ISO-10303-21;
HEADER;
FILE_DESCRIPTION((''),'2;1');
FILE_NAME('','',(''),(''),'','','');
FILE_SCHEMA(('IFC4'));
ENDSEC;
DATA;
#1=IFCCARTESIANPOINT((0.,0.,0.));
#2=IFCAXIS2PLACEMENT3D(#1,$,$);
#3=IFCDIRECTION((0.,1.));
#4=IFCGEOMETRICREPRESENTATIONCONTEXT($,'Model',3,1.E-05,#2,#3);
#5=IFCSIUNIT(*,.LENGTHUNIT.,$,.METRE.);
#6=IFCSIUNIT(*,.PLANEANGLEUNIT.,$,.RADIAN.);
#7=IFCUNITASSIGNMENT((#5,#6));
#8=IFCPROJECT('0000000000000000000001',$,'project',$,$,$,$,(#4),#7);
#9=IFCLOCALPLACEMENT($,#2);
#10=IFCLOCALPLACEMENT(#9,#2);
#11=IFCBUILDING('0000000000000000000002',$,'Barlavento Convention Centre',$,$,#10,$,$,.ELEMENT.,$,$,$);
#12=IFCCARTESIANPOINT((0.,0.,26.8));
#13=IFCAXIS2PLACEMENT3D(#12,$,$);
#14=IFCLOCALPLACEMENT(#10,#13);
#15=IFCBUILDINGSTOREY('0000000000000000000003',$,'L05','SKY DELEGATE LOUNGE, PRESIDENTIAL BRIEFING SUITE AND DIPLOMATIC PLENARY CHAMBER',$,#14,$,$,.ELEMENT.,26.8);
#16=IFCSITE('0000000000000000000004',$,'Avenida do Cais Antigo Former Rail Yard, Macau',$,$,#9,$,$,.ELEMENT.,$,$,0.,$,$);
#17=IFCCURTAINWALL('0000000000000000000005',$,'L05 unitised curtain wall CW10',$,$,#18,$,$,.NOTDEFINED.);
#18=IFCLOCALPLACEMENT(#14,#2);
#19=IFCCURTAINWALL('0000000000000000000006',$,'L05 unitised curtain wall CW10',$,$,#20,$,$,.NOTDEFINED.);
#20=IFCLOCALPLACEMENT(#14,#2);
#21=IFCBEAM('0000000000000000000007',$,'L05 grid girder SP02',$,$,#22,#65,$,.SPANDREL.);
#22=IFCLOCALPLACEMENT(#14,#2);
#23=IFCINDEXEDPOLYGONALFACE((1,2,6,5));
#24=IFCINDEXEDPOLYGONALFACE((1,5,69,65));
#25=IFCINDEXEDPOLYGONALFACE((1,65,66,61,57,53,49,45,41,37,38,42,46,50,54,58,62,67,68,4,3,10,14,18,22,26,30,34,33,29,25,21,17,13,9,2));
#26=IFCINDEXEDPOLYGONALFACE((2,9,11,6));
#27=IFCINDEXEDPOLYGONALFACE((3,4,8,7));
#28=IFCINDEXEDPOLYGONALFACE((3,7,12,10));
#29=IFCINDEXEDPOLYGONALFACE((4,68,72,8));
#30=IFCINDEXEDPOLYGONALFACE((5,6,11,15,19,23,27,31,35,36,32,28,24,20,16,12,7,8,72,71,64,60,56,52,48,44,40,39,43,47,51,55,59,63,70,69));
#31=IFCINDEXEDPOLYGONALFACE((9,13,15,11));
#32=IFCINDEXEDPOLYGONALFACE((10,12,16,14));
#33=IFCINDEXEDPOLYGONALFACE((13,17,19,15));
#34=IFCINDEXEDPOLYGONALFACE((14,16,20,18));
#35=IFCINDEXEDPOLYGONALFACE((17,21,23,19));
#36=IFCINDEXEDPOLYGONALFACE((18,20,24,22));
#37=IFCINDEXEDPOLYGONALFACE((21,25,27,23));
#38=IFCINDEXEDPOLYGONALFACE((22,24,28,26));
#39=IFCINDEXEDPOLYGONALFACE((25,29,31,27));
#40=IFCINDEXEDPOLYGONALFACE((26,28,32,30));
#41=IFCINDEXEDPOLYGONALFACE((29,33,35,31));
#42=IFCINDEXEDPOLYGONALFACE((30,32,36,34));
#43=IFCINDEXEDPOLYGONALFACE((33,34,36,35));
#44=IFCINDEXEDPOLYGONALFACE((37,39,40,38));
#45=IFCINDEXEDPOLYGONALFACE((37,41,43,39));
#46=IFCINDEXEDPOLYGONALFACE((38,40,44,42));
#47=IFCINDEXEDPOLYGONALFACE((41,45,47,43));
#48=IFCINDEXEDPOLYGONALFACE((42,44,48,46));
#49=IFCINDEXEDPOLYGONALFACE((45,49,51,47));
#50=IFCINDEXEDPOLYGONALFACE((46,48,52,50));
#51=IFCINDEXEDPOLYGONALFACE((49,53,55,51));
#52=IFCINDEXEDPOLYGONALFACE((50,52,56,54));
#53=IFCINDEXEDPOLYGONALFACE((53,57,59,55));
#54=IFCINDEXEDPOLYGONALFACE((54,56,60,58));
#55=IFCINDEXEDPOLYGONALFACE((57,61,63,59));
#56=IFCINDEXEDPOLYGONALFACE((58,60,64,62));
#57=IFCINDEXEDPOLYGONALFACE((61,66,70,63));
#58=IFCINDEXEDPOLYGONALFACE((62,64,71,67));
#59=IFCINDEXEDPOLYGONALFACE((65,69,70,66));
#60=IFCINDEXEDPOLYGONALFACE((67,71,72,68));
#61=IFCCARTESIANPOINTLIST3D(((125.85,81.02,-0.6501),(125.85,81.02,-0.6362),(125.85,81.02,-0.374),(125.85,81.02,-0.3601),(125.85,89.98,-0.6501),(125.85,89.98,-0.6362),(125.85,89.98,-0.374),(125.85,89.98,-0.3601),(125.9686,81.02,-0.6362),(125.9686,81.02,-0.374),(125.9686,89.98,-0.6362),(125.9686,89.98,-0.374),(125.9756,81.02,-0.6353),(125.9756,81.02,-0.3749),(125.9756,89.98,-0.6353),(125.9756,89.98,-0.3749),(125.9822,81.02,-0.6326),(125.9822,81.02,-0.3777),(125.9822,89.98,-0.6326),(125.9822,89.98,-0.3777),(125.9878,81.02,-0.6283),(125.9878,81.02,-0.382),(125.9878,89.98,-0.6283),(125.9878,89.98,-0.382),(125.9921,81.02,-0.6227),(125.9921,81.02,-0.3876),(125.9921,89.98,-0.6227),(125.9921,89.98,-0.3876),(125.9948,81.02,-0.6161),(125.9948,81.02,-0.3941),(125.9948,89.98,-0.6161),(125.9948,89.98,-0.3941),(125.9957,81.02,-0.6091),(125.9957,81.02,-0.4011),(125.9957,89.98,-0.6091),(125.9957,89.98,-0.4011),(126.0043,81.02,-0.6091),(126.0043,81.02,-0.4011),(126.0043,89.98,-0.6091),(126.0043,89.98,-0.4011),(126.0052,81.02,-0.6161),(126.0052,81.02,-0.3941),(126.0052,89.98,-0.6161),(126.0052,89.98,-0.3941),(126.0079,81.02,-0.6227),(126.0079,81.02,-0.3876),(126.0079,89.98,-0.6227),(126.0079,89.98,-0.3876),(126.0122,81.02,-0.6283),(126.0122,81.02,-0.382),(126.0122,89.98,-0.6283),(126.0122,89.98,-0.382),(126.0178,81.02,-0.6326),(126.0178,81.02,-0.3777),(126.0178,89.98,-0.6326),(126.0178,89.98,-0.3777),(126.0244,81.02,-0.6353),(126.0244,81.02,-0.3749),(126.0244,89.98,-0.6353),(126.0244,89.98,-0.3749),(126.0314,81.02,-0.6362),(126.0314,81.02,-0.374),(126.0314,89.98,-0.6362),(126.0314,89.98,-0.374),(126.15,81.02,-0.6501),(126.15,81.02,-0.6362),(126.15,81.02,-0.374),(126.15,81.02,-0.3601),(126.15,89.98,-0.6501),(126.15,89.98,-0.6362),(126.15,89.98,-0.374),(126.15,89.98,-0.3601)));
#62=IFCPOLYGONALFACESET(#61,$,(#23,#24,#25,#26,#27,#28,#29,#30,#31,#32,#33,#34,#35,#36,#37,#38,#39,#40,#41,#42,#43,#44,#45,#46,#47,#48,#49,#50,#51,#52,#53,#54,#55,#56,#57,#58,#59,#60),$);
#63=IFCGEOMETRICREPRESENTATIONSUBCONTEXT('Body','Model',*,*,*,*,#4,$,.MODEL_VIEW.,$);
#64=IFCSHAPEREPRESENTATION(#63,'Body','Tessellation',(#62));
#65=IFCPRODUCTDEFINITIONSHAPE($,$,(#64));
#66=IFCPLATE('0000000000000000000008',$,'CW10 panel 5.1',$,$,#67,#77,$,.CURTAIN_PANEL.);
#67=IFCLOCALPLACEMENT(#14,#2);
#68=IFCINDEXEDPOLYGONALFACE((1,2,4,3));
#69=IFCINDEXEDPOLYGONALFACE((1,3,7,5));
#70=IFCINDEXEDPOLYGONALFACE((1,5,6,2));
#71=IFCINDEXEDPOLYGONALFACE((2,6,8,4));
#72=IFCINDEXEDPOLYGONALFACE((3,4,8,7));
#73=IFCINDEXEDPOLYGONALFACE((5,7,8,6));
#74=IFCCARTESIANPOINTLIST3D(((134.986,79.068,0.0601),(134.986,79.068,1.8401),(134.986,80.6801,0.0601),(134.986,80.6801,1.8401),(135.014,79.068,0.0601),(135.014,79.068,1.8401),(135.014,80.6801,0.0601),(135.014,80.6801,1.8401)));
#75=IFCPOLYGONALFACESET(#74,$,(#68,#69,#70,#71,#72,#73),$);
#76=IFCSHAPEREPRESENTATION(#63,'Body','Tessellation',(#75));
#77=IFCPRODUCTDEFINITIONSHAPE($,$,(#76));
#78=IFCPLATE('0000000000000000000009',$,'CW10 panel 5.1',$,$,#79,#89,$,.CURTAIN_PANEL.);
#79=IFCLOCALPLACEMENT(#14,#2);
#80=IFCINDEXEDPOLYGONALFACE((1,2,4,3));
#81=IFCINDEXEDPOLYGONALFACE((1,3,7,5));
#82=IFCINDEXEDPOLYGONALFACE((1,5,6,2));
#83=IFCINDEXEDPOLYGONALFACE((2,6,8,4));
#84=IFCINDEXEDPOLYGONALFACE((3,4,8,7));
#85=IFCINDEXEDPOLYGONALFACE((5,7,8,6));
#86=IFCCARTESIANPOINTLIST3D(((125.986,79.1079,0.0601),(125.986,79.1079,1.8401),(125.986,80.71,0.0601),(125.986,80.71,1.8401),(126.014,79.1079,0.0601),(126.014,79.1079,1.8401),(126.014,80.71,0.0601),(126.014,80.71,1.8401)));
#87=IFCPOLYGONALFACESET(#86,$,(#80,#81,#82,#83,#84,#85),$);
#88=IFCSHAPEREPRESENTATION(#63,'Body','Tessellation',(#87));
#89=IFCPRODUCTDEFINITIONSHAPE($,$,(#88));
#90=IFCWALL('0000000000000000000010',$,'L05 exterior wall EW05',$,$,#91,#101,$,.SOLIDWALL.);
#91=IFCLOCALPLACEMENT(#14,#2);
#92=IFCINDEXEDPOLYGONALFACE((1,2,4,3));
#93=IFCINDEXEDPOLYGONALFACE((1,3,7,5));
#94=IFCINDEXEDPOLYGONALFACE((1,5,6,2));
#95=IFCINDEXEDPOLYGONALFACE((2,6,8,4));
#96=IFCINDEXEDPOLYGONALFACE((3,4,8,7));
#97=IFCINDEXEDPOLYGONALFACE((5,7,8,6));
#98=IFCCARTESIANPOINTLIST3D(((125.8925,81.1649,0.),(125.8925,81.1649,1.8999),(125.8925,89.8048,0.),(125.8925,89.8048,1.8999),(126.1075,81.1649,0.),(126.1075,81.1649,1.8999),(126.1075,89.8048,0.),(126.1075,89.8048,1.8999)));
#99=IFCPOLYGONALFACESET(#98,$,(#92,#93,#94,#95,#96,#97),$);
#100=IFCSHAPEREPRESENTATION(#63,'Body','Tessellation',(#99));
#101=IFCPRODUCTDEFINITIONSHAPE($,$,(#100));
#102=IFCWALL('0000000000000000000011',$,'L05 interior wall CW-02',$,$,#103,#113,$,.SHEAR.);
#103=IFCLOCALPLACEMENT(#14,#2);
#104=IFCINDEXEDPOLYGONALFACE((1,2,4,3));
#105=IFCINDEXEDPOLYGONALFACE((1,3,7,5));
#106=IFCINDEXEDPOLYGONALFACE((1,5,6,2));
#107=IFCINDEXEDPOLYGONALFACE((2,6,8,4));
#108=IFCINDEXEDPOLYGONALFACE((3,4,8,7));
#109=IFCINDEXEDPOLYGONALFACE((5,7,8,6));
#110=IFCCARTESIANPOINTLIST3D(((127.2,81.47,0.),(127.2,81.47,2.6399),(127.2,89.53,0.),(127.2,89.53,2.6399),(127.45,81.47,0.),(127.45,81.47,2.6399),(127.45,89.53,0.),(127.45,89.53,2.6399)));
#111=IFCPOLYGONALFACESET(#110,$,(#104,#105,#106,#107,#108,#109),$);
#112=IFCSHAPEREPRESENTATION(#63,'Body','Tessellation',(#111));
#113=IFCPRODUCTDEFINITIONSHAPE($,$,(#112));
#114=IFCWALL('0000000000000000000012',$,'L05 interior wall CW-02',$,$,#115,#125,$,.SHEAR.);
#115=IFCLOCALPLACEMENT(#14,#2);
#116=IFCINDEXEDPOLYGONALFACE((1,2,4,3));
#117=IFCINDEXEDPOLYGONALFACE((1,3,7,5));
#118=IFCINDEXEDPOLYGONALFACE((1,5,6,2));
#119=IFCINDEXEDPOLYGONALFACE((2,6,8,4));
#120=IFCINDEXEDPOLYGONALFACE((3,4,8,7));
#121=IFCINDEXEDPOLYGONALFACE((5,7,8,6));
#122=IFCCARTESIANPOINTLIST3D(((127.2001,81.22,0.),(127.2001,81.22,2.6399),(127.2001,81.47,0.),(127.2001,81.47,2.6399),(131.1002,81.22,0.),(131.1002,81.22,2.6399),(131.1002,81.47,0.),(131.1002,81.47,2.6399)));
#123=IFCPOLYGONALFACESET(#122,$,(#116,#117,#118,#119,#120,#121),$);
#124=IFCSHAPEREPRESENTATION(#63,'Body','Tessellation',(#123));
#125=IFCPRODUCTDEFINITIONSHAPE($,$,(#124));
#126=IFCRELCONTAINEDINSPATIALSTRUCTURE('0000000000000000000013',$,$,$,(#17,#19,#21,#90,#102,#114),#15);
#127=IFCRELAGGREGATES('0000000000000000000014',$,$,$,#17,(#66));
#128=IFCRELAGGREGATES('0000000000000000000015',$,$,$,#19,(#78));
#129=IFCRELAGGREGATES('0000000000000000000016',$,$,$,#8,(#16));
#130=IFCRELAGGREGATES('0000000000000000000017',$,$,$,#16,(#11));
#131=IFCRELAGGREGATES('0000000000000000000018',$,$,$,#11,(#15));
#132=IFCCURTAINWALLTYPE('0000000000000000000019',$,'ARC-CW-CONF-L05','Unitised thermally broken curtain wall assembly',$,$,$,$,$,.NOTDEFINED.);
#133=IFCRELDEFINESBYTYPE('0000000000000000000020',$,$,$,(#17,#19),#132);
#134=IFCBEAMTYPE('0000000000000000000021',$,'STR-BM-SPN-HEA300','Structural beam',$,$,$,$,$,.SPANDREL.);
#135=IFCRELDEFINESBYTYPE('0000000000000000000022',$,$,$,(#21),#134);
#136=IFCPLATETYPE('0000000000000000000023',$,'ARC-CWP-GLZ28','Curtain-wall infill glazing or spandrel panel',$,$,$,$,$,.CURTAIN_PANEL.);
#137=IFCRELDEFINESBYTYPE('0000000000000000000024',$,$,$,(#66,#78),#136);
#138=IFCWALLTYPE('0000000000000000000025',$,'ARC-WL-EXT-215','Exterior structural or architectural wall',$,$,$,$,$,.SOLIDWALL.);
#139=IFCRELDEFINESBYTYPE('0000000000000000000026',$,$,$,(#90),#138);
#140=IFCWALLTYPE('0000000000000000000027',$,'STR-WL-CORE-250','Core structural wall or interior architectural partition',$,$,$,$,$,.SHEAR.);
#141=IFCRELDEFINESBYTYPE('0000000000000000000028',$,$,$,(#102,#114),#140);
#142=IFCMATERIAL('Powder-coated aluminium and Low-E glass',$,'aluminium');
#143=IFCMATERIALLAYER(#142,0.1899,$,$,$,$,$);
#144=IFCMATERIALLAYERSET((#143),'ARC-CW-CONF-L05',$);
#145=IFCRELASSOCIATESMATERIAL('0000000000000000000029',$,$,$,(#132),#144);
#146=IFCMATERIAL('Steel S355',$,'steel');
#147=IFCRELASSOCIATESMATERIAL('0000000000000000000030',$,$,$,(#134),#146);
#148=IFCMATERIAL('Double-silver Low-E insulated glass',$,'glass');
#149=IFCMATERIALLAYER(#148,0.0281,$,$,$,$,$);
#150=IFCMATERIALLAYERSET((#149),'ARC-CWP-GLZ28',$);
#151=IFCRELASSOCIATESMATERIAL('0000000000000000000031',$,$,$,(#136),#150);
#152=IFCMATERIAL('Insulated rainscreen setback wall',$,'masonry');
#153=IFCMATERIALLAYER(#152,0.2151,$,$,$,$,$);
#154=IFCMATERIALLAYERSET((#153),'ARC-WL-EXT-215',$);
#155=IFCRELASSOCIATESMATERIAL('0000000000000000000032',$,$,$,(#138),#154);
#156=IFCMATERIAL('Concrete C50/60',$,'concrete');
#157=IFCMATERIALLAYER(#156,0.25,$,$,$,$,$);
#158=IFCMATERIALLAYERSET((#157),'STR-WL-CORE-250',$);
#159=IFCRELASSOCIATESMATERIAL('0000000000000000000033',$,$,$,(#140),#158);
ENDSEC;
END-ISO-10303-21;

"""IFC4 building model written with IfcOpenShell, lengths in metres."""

from ifc_helpers import new_model, si_unit, direction, frame, frame_2d, origin, origin_2d, place, context, subcontext, project, spatial, rectangle, i_section, extrude, material, layer, layer_set, material_profile, profile_set, type_object, element, aggregate, save


model = new_model("IFC4")

# Units and contexts
model_context = context("Model", 3, precision=1e-05, world=origin(), true_north=direction((0.0, 1.0)))
body_context = subcontext(model_context, "Body", "Model", "MODEL_VIEW")
ifc_project = project(units=[si_unit("LENGTHUNIT", "METRE"), si_unit("PLANEANGLEUNIT", "RADIAN")], contexts=[model_context])

# Site, building, storey
site_placement = place(None, origin())
site = spatial("IfcSite", under=ifc_project, at=site_placement, Name="Avenida do Cais Antigo Former Rail Yard, Macau", CompositionType="ELEMENT", RefElevation=0.0)
building_placement = place(site_placement, origin())
building = spatial("IfcBuilding", under=site, at=building_placement, Name="Barlavento Convention Centre", CompositionType="ELEMENT")
storey_placement = place(building_placement, frame((0.0, 0.0, 26.8)))
storey = spatial("IfcBuildingStorey", under=building, at=storey_placement, Name="L05", Description="SKY DELEGATE LOUNGE, PRESIDENTIAL BRIEFING SUITE AND DIPLOMATIC PLENARY CHAMBER", CompositionType="ELEMENT", Elevation=26.8)

# Shared definitions
ifc_material_1 = material(Name="Steel S355", Category="steel")

# Curtain wall
ifc_material_2 = material(Name="Powder-coated aluminium and Low-E glass", Category="aluminium")
ifc_layer_1 = layer(ifc_material_2, 0.1899)
ifc_layer_set_1 = layer_set([ifc_layer_1], Name="ARC-CW-CONF-L05")
curtain_wall_type = type_object("IfcCurtainWallType", Name="ARC-CW-CONF-L05", Description="Unitised thermally broken curtain wall assembly", PredefinedType="NOTDEFINED", material=ifc_layer_set_1)
curtain_wall_1_placement = place(storey_placement, origin())
curtain_wall_1 = element("IfcCurtainWall", 1, at=curtain_wall_1_placement, inside=storey, type_object=curtain_wall_type, Name="L05 unitised curtain wall CW10", PredefinedType="NOTDEFINED")

# Curtain wall
curtain_wall_2_placement = place(storey_placement, origin())
curtain_wall_2 = element("IfcCurtainWall", 2, at=curtain_wall_2_placement, inside=storey, type_object=curtain_wall_type, Name="L05 unitised curtain wall CW10", PredefinedType="NOTDEFINED")

# Beam
ifc_material_profile_1 = material_profile(ifc_material_1, i_section(OverallWidth=0.3, OverallDepth=0.29, WebThickness=0.0085, FlangeThickness=0.0139, FilletRadius=0.0271, at=origin_2d()), Name="HEA 300")
ifc_profile_set_1 = profile_set([ifc_material_profile_1], Name="Steel S355")
beam_type_1 = type_object("IfcBeamType", Name="STR-BM-SPN-HEA300", Description="Structural beam", PredefinedType="SPANDREL", material=ifc_profile_set_1)
beam_1_placement = place(storey_placement, frame((126.0, 81.02, -0.5051), z_axis=(0.0, 1.0, 0.0), x_axis=(-1.0, 0.0, 0.0)))
element("IfcBeam", 3, at=beam_1_placement, inside=storey, type_object=beam_type_1, Name="L05 grid girder SP02", PredefinedType="SPANDREL", context=body_context, shape_type="SweptSolid", body=[
    extrude(i_section(OverallWidth=0.3, OverallDepth=0.29, WebThickness=0.0085, FlangeThickness=0.0139, FilletRadius=0.0271, at=origin_2d()), origin(), (0.0, 0.0, 1.0), 8.96),
])

# Plates
ifc_material_3 = material(Name="Double-silver Low-E insulated glass", Category="glass")
ifc_layer_2 = layer(ifc_material_3, 0.0281)
ifc_layer_set_2 = layer_set([ifc_layer_2], Name="ARC-CWP-GLZ28")
plate_type = type_object("IfcPlateType", Name="ARC-CWP-GLZ28", Description="Curtain-wall infill glazing or spandrel panel", PredefinedType="CURTAIN_PANEL", material=ifc_layer_set_2)
plate_1_placement = place(storey_placement, frame((135.0, 79.874, 0.0601), z_axis=(0.0, 0.0, 1.0), x_axis=(0.0, 1.0, 0.0)))
plate_1 = element("IfcPlate", 4, at=plate_1_placement, type_object=plate_type, Name="CW10 panel 5.1", PredefinedType="CURTAIN_PANEL", context=body_context, shape_type="SweptSolid", body=[
    extrude(rectangle(XDim=1.6121, YDim=0.0281, at=origin_2d()), origin(), (0.0, 0.0, 1.0), 1.78),
])
aggregate(curtain_wall_1, [plate_1])
plate_2_placement = place(storey_placement, frame((126.0, 79.9089, 0.0601), z_axis=(0.0, 0.0, 1.0), x_axis=(0.0, 1.0, 0.0)))
plate_2 = element("IfcPlate", 5, at=plate_2_placement, type_object=plate_type, Name="CW10 panel 5.1", PredefinedType="CURTAIN_PANEL", context=body_context, shape_type="SweptSolid", body=[
    extrude(rectangle(XDim=1.6021, YDim=0.0281, at=origin_2d()), origin(), (0.0, 0.0, 1.0), 1.78),
])
aggregate(curtain_wall_2, [plate_2])

# Walls
ifc_material_4 = material(Name="Insulated rainscreen setback wall", Category="masonry")
ifc_layer_3 = layer(ifc_material_4, 0.2151)
ifc_layer_set_3 = layer_set([ifc_layer_3], Name="ARC-WL-EXT-215")
wall_type_1 = type_object("IfcWallType", Name="ARC-WL-EXT-215", Description="Exterior structural or architectural wall", PredefinedType="SOLIDWALL", material=ifc_layer_set_3)
wall_1_placement = place(storey_placement, frame((126.0, 81.165, 0.0), z_axis=(0.0, 0.0, 1.0), x_axis=(0.0, 1.0, 0.0)))
element("IfcWall", 6, at=wall_1_placement, inside=storey, type_object=wall_type_1, Name="L05 exterior wall EW05", PredefinedType="SOLIDWALL", context=body_context, shape_type="SweptSolid", body=[
    extrude(rectangle(XDim=8.6399, YDim=0.2151, at=frame_2d((4.3198, 0.0))), origin(), (0.0, 0.0, 1.0), 1.8999),
])
ifc_material_5 = material(Name="Concrete C50/60", Category="concrete")
ifc_layer_4 = layer(ifc_material_5, 0.25)
ifc_layer_set_4 = layer_set([ifc_layer_4], Name="STR-WL-CORE-250")
wall_type_2 = type_object("IfcWallType", Name="STR-WL-CORE-250", Description="Core structural wall or interior architectural partition", PredefinedType="SHEAR", material=ifc_layer_set_4)
wall_2_placement = place(storey_placement, frame((127.325, 81.47, 0.0), z_axis=(0.0, 0.0, 1.0), x_axis=(0.0, 1.0, 0.0)))
element("IfcWall", 7, at=wall_2_placement, inside=storey, type_object=wall_type_2, Name="L05 interior wall CW-02", PredefinedType="SHEAR", context=body_context, shape_type="SweptSolid", body=[
    extrude(rectangle(XDim=8.0601, YDim=0.25, at=frame_2d((4.03, 0.0))), origin(), (0.0, 0.0, 1.0), 2.6399),
])

# Wall
wall_3_placement = place(storey_placement, frame((127.2, 81.345, 0.0), z_axis=(0.0, 0.0, 1.0), x_axis=(1.0, 0.0, 0.0)))
element("IfcWall", 8, at=wall_3_placement, inside=storey, type_object=wall_type_2, Name="L05 interior wall CW-02", PredefinedType="SHEAR", context=body_context, shape_type="SweptSolid", body=[
    extrude(rectangle(XDim=3.9001, YDim=0.25, at=frame_2d((1.9502, 0.0))), origin(), (0.0, 0.0, 1.0), 2.6399),
])

save(model, "model.ifc")
